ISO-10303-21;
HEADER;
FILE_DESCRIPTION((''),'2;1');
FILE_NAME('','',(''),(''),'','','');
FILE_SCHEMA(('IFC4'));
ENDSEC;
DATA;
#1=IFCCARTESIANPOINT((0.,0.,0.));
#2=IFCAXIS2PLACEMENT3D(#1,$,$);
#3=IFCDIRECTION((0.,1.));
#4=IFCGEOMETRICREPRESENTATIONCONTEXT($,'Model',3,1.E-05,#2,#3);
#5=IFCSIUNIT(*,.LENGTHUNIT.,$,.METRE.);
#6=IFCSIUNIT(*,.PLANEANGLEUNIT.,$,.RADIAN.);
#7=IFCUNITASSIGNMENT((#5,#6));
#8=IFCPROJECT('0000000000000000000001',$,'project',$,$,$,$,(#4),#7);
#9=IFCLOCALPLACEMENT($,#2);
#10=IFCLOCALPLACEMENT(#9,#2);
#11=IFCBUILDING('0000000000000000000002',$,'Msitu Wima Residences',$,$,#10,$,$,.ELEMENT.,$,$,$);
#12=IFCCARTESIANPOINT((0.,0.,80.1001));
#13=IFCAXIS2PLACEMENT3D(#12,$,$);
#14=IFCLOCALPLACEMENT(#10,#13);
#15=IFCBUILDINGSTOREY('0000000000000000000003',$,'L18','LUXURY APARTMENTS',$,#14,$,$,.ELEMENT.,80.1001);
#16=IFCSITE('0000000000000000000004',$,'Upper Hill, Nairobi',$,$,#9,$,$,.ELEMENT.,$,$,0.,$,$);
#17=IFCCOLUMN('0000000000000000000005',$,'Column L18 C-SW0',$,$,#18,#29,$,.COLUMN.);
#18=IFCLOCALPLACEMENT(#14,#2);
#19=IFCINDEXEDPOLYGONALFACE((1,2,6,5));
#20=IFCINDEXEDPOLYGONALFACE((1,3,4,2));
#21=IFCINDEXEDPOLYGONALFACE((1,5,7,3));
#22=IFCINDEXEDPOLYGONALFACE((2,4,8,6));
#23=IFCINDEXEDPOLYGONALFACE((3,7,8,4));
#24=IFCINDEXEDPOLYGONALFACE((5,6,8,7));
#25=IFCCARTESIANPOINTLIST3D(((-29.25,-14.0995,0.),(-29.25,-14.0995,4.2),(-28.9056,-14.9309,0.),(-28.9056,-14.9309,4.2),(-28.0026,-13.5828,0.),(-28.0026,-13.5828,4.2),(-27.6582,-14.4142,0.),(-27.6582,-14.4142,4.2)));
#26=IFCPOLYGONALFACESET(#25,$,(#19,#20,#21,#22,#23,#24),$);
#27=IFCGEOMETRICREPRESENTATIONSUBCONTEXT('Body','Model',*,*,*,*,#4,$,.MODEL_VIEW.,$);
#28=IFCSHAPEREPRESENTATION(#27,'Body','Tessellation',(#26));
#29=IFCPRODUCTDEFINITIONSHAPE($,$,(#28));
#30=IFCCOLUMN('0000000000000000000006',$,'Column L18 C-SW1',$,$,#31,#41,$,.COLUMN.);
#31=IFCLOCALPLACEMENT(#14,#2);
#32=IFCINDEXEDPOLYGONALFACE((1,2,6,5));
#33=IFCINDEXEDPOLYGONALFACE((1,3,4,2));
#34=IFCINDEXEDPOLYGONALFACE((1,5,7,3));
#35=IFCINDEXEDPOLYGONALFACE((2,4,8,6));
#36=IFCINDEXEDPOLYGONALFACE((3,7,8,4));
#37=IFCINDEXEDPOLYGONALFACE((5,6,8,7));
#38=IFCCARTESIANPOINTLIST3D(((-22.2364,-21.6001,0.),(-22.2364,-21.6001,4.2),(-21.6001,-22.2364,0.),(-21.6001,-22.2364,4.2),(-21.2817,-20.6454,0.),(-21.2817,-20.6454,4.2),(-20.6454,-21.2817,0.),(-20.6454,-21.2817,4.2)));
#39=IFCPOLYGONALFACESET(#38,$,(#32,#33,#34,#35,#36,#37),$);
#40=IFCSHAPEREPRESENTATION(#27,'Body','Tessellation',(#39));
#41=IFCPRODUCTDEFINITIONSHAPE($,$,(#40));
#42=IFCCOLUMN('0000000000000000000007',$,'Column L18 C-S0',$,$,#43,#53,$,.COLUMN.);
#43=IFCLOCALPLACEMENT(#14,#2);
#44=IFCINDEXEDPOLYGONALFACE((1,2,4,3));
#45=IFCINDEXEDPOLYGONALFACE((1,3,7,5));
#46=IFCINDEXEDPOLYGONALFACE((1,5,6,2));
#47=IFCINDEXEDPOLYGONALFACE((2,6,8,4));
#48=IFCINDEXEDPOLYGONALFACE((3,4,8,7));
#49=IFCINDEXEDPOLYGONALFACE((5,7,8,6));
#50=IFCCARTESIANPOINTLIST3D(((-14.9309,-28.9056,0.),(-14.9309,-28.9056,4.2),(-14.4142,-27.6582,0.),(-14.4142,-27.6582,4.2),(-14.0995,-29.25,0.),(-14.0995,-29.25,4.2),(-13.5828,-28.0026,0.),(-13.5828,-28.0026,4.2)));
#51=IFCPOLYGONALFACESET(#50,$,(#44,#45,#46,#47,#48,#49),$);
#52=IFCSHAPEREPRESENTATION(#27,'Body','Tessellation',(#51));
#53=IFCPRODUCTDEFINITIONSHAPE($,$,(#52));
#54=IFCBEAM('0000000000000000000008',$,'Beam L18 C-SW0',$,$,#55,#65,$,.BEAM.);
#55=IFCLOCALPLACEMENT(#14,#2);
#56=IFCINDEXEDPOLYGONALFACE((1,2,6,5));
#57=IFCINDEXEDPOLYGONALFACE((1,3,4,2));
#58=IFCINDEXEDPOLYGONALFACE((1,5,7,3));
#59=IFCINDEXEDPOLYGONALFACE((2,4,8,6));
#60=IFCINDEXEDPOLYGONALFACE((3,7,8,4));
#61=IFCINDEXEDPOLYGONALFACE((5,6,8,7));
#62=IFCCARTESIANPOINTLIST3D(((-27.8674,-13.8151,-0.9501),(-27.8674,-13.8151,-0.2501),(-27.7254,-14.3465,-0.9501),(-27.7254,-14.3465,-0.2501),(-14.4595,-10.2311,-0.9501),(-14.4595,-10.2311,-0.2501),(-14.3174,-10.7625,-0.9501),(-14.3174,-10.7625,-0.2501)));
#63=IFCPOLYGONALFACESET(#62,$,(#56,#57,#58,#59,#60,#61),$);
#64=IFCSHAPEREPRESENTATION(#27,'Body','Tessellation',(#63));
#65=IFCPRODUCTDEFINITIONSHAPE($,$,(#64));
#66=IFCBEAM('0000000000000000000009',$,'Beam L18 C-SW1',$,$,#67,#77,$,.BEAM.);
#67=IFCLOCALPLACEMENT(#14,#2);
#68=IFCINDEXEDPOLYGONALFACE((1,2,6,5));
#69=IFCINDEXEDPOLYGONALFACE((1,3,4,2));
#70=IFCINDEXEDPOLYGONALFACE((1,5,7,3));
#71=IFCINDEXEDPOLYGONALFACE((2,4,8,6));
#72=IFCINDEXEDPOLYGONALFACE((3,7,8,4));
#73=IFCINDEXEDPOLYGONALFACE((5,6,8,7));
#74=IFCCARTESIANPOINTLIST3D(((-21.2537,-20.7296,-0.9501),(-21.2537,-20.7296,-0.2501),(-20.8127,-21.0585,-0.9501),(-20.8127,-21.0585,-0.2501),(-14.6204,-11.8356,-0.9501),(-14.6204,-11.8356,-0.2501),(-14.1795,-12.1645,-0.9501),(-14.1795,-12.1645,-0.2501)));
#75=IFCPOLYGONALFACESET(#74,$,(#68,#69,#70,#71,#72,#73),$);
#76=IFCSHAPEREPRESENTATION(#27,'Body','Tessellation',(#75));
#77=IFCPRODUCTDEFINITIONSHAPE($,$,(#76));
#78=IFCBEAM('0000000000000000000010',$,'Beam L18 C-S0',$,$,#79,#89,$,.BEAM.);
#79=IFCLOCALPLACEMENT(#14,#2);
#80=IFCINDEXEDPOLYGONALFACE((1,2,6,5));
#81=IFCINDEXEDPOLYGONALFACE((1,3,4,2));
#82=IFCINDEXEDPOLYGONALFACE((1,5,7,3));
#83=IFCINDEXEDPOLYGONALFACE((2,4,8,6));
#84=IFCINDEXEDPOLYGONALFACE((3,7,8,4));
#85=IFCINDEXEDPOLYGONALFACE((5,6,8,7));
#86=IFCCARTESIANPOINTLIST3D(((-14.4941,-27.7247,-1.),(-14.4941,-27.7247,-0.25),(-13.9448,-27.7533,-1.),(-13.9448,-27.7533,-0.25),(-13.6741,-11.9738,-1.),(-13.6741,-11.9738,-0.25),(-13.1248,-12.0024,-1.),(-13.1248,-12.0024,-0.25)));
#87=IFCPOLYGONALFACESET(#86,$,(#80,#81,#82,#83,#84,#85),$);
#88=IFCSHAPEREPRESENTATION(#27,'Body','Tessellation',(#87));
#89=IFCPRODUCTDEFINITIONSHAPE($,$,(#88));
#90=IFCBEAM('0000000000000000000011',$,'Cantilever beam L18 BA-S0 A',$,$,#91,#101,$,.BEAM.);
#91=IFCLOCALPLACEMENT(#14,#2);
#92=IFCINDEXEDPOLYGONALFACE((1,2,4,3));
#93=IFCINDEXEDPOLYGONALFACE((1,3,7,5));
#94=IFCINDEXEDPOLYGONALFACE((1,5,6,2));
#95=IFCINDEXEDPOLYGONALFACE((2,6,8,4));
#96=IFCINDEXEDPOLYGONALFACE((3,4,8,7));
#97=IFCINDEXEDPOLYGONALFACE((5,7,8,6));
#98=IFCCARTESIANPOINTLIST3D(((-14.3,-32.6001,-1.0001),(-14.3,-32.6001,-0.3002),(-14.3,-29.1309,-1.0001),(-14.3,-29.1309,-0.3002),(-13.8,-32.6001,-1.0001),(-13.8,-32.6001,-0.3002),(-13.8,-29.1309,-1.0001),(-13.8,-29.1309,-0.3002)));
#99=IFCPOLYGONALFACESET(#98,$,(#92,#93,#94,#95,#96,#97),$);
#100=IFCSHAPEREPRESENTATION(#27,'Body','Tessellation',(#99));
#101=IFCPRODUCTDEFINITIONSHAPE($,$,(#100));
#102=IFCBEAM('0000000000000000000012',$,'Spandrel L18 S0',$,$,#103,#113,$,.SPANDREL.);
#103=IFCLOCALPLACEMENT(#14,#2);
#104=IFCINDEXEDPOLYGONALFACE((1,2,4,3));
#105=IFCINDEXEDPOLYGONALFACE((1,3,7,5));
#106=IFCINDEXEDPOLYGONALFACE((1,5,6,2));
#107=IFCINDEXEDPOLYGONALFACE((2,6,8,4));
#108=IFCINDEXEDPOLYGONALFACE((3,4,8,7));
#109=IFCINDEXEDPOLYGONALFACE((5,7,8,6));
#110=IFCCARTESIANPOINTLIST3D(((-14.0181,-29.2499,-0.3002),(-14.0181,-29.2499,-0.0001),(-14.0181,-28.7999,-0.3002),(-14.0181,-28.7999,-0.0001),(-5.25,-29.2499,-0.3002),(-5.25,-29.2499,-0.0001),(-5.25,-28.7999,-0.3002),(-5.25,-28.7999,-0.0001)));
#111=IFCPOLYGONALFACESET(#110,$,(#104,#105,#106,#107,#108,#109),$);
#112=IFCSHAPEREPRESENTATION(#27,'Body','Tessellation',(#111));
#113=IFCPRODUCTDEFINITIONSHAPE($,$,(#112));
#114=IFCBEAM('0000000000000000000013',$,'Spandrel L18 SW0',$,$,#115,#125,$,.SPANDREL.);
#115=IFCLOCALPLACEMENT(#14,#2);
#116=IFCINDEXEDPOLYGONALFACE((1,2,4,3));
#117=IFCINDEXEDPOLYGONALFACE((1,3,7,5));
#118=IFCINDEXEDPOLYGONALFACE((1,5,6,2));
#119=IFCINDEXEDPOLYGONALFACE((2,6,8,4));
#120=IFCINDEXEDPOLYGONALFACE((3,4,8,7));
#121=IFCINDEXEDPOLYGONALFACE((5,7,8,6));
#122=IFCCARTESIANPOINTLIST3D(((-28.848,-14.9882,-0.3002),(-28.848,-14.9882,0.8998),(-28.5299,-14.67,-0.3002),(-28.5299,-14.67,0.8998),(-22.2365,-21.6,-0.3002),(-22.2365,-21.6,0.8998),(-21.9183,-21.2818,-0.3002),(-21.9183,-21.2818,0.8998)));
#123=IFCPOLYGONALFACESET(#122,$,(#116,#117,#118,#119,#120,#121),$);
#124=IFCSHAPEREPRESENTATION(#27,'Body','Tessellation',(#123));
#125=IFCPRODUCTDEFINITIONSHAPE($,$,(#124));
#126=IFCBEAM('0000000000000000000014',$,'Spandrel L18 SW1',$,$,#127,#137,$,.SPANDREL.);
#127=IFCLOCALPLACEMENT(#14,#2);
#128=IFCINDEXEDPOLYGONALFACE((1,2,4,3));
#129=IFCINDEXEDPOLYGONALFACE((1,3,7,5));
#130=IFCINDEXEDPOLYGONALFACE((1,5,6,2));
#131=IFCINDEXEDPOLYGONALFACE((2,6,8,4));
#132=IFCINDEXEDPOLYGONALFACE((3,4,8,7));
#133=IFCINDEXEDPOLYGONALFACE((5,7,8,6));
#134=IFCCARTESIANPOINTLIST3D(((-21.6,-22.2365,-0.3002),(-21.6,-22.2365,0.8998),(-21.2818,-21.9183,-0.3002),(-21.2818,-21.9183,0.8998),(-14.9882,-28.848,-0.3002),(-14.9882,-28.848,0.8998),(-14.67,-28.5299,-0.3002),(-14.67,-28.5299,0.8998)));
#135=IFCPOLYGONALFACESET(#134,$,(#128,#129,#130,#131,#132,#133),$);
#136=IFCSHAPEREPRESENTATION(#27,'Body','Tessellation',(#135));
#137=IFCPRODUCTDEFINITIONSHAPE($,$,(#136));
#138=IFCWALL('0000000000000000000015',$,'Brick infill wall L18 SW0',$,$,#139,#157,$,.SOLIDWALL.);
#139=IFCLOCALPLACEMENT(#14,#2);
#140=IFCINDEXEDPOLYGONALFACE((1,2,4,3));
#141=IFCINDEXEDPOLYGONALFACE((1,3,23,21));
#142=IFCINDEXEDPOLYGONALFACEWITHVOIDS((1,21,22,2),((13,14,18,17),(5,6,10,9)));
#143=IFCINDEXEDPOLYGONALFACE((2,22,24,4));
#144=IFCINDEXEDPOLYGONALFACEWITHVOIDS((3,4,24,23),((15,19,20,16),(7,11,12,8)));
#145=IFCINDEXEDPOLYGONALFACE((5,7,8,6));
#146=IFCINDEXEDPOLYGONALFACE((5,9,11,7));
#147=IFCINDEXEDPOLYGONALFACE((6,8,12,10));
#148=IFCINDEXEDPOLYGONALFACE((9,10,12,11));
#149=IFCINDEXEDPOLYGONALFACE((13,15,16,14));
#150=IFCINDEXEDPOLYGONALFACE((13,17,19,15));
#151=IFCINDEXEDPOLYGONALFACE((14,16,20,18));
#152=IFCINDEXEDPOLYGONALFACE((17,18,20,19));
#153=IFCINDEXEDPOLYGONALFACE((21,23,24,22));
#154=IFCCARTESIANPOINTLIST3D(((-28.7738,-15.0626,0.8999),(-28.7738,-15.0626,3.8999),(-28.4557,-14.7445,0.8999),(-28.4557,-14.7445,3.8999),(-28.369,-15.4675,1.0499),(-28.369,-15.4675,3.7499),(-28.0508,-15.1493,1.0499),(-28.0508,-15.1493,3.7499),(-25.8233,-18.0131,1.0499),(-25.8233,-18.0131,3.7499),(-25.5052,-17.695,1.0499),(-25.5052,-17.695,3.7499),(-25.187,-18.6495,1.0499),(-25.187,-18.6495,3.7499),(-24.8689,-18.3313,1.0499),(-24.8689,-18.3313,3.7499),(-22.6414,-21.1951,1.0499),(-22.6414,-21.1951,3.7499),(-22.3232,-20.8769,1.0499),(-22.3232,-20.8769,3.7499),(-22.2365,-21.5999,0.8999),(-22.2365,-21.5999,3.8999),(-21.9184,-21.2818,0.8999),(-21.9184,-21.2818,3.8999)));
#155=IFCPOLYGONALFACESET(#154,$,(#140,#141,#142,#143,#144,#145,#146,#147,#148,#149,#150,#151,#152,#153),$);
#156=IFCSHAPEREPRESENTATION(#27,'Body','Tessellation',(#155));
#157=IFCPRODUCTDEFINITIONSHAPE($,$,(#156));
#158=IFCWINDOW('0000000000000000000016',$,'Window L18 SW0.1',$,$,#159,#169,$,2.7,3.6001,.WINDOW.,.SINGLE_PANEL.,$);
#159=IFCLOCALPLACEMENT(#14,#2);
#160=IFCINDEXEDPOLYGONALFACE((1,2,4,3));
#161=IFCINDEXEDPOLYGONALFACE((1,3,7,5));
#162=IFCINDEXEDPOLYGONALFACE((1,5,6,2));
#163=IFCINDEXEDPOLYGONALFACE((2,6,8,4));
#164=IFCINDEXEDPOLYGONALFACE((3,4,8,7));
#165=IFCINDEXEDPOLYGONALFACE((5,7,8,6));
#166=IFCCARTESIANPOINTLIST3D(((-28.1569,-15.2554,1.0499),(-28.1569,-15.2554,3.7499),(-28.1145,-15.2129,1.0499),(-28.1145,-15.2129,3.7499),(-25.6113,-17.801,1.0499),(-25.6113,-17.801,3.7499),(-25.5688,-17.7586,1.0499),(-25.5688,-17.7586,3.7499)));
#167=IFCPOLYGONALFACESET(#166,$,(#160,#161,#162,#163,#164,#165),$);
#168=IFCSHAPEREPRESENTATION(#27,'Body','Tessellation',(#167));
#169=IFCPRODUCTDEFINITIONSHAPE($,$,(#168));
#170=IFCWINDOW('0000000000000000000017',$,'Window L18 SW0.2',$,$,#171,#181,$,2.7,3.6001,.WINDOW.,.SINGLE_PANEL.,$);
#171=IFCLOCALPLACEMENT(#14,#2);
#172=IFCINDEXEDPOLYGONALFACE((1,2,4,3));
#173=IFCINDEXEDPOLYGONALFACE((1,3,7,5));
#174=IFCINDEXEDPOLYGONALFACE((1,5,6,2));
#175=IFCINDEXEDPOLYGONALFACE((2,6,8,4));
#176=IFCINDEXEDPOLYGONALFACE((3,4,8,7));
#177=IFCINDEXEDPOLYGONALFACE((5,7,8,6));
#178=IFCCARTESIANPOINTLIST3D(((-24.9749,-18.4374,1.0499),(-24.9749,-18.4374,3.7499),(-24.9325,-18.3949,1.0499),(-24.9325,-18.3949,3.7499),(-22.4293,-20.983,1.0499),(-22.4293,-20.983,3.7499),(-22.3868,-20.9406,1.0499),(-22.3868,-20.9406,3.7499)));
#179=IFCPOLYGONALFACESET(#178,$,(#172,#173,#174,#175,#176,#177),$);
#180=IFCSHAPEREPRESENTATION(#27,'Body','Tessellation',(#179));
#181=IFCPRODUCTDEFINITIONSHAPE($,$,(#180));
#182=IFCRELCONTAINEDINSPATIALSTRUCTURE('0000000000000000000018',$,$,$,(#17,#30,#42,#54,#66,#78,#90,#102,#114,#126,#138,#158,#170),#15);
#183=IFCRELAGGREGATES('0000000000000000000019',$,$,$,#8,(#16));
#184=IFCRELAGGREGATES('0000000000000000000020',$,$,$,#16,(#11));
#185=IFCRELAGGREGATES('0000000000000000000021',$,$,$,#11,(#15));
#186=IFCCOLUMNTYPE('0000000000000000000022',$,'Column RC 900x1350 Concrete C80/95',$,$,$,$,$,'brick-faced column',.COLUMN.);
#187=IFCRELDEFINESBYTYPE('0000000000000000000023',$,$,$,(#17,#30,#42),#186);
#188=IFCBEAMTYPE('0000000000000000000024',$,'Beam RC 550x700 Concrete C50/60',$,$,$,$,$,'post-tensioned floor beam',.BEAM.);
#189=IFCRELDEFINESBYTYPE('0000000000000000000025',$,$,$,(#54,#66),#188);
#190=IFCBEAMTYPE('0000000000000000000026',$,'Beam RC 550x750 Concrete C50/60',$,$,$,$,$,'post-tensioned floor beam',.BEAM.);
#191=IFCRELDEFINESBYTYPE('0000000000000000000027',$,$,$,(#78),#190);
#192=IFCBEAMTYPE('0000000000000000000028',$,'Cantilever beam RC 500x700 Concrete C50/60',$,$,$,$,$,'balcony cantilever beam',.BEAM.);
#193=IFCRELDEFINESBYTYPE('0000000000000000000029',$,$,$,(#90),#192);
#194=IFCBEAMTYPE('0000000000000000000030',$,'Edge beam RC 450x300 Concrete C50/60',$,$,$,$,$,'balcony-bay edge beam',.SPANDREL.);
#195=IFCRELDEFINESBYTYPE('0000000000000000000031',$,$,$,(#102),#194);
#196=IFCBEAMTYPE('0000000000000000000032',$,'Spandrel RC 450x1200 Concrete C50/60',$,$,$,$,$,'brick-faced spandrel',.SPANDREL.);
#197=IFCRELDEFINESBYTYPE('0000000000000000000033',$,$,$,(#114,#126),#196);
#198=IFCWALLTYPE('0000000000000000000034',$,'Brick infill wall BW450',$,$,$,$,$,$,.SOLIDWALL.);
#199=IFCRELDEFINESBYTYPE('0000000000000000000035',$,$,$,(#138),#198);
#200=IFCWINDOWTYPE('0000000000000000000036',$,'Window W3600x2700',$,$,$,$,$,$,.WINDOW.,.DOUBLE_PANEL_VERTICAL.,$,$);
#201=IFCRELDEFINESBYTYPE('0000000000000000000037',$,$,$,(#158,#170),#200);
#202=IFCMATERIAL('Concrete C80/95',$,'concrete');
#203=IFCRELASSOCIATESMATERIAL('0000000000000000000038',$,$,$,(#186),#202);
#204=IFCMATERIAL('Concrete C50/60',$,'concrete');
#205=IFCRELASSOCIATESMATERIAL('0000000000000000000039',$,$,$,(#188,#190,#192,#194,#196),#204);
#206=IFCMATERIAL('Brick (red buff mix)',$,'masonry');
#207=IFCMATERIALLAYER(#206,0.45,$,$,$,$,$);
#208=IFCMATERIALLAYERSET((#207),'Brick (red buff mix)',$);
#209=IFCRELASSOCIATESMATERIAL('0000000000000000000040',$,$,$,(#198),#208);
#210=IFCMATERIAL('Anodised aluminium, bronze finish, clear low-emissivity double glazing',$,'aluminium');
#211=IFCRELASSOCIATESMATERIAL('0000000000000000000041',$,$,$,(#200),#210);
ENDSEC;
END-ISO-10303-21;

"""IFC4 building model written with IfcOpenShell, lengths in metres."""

from ifc_helpers import new_model, si_unit, direction, frame, frame_2d, origin, origin_2d, place, context, subcontext, project, spatial, rectangle, extrude, material, layer, layer_set, material_profile, profile_set, type_object, element, fill, save


model = new_model("IFC4")

# Units and contexts
model_context = context("Model", 3, precision=1e-05, world=origin(), true_north=direction((0.0, 1.0)))
body_context = subcontext(model_context, "Body", "Model", "MODEL_VIEW")
ifc_project = project(units=[si_unit("LENGTHUNIT", "METRE"), si_unit("PLANEANGLEUNIT", "RADIAN")], contexts=[model_context])

# Site, building, storey
site_placement = place(None, origin())
site = spatial("IfcSite", under=ifc_project, at=site_placement, Name="Upper Hill, Nairobi", CompositionType="ELEMENT", RefElevation=0.0)
building_placement = place(site_placement, origin())
building = spatial("IfcBuilding", under=site, at=building_placement, Name="Msitu Wima Residences", CompositionType="ELEMENT")
storey_placement = place(building_placement, frame((0.0, 0.0, 80.1001)))
storey = spatial("IfcBuildingStorey", under=building, at=storey_placement, Name="L18", Description="LUXURY APARTMENTS", CompositionType="ELEMENT", Elevation=80.1001)

# Columns
ifc_material_1 = material(Name="Concrete C80/95", Category="concrete")
ifc_material_profile_1 = material_profile(ifc_material_1, rectangle(XDim=0.8999, YDim=1.3501, at=origin_2d()), Name="RC 900x1350")
ifc_profile_set_1 = profile_set([ifc_material_profile_1], Name="Concrete C80/95")
column_type = type_object("IfcColumnType", Name="Column RC 900x1350 Concrete C80/95", ElementType="brick-faced column", PredefinedType="COLUMN", material=ifc_profile_set_1)
for number, where, z_axis, x_axis, name in (
    (1, (-28.4541, -14.2568, 0.0), (0.0, 0.0, 1.0), (0.382683, -0.92388, 0.0), "Column L18 C-SW0"),
    (2, (-21.4409, -21.4409, 0.0), (0.0, 0.0, 1.0), (0.707107, -0.707107, 0.0), "Column L18 C-SW1"),
    (3, (-14.2568, -28.4541, 0.0), (0.0, 0.0, 1.0), (0.92388, -0.382683, 0.0), "Column L18 C-S0"),
):
    element("IfcColumn", number, at=place(storey_placement, frame(where, z_axis=z_axis, x_axis=x_axis)), inside=storey, type_object=column_type, Name=name, PredefinedType="COLUMN", context=body_context, shape_type="SweptSolid", body=[
        extrude(rectangle(XDim=0.8999, YDim=1.3501, at=origin_2d()), origin(), (0.0, 0.0, 1.0), 4.2),
    ])

# Beams
ifc_material_2 = material(Name="Concrete C50/60", Category="concrete")
ifc_material_profile_2 = material_profile(ifc_material_2, rectangle(XDim=0.55, YDim=0.7, at=origin_2d()), Name="RC 550x700")
ifc_profile_set_2 = profile_set([ifc_material_profile_2], Name="Concrete C50/60")
beam_type_1 = type_object("IfcBeamType", Name="Beam RC 550x700 Concrete C50/60", ElementType="post-tensioned floor beam", PredefinedType="BEAM", material=ifc_profile_set_2)
beam_1_placement = place(storey_placement, frame((-27.7964, -14.0808, -0.6001), z_axis=(0.966082, 0.258236, 0.0), x_axis=(-0.258236, 0.966082, 0.0)))
element("IfcBeam", 4, at=beam_1_placement, inside=storey, type_object=beam_type_1, Name="Beam L18 C-SW0", PredefinedType="BEAM", context=body_context, shape_type="SweptSolid", body=[
    extrude(rectangle(XDim=0.55, YDim=0.7, at=origin_2d()), origin(), (0.0, 0.0, 1.0), 13.8787),
])
beam_2_placement = place(storey_placement, frame((-21.0332, -20.894, -0.6001), z_axis=(0.59785, 0.801608, 0.0), x_axis=(-0.801608, 0.59785, 0.0)))
element("IfcBeam", 5, at=beam_2_placement, inside=storey, type_object=beam_type_1, Name="Beam L18 C-SW1", PredefinedType="BEAM", context=body_context, shape_type="SweptSolid", body=[
    extrude(rectangle(XDim=0.55, YDim=0.7, at=origin_2d()), origin(), (0.0, 0.0, 1.0), 11.0952),
])
ifc_material_profile_3 = material_profile(ifc_material_2, rectangle(XDim=0.55, YDim=0.75, at=origin_2d()), Name="RC 550x750")
ifc_profile_set_3 = profile_set([ifc_material_profile_3], Name="Concrete C50/60")
beam_type_2 = type_object("IfcBeamType", Name="Beam RC 550x750 Concrete C50/60", ElementType="post-tensioned floor beam", PredefinedType="BEAM", material=ifc_profile_set_3)
beam_3_placement = place(storey_placement, frame((-14.2195, -27.739, -0.625), z_axis=(0.051994, 0.998647, 0.0), x_axis=(-0.998647, 0.051994, 0.0)))
element("IfcBeam", 6, at=beam_3_placement, inside=storey, type_object=beam_type_2, Name="Beam L18 C-S0", PredefinedType="BEAM", context=body_context, shape_type="SweptSolid", body=[
    extrude(rectangle(XDim=0.55, YDim=0.75, at=origin_2d()), origin(), (0.0, 0.0, 1.0), 15.7722),
])
ifc_material_profile_4 = material_profile(ifc_material_2, rectangle(XDim=0.5, YDim=0.7, at=origin_2d()), Name="RC 500x700")
ifc_profile_set_4 = profile_set([ifc_material_profile_4], Name="Concrete C50/60")
beam_type_3 = type_object("IfcBeamType", Name="Cantilever beam RC 500x700 Concrete C50/60", ElementType="balcony cantilever beam", PredefinedType="BEAM", material=ifc_profile_set_4)
beam_4_placement = place(storey_placement, frame((-14.05, -29.1309, -0.6501), z_axis=(0.0, -1.0, 0.0), x_axis=(1.0, 0.0, 0.0)))
element("IfcBeam", 7, at=beam_4_placement, inside=storey, type_object=beam_type_3, Name="Cantilever beam L18 BA-S0 A", PredefinedType="BEAM", context=body_context, shape_type="SweptSolid", body=[
    extrude(rectangle(XDim=0.5, YDim=0.7, at=origin_2d()), origin(), (0.0, 0.0, 1.0), 3.4692),
])
ifc_material_profile_5 = material_profile(ifc_material_2, rectangle(XDim=0.45, YDim=0.3, at=origin_2d()), Name="RC 450x300")
ifc_profile_set_5 = profile_set([ifc_material_profile_5], Name="Concrete C50/60")
beam_type_4 = type_object("IfcBeamType", Name="Edge beam RC 450x300 Concrete C50/60", ElementType="balcony-bay edge beam", PredefinedType="SPANDREL", material=ifc_profile_set_5)
beam_5_placement = place(storey_placement, frame((-14.0181, -29.0249, -0.1501), z_axis=(1.0, 0.0, 0.0), x_axis=(0.0, 1.0, 0.0)))
element("IfcBeam", 8, at=beam_5_placement, inside=storey, type_object=beam_type_4, Name="Spandrel L18 S0", PredefinedType="SPANDREL", context=body_context, shape_type="SweptSolid", body=[
    extrude(rectangle(XDim=0.45, YDim=0.3, at=origin_2d()), origin(), (0.0, 0.0, 1.0), 8.7681),
])
ifc_material_profile_6 = material_profile(ifc_material_2, rectangle(XDim=0.45, YDim=1.2, at=origin_2d()), Name="RC 450x1200")
ifc_profile_set_6 = profile_set([ifc_material_profile_6], Name="Concrete C50/60")
beam_type_5 = type_object("IfcBeamType", Name="Spandrel RC 450x1200 Concrete C50/60", ElementType="brick-faced spandrel", PredefinedType="SPANDREL", material=ifc_profile_set_6)
for number, where, z_axis, x_axis, name in (
    (9, (-28.689, -14.8291, 0.2998), (0.707094, -0.70712, 0.0), (0.70712, 0.707094, 0.0), "Spandrel L18 SW0"),
    (10, (-21.4409, -22.0774, 0.2998), (0.70712, -0.707094, 0.0), (0.707094, 0.70712, 0.0), "Spandrel L18 SW1"),
):
    element("IfcBeam", number, at=place(storey_placement, frame(where, z_axis=z_axis, x_axis=x_axis)), inside=storey, type_object=beam_type_5, Name=name, PredefinedType="SPANDREL", context=body_context, shape_type="SweptSolid", body=[
        extrude(rectangle(XDim=0.45, YDim=1.2, at=origin_2d()), origin(), (0.0, 0.0, 1.0), 9.3503),
    ])

# Wall, openings, windows
ifc_material_3 = material(Name="Brick (red buff mix)", Category="masonry")
ifc_layer_1 = layer(ifc_material_3, 0.45)
ifc_layer_set_1 = layer_set([ifc_layer_1], Name="Brick (red buff mix)")
wall_type_1 = type_object("IfcWallType", Name="Brick infill wall BW450", PredefinedType="SOLIDWALL", material=ifc_layer_set_1)
wall_1_placement = place(storey_placement, frame((-28.6147, -14.9036, 0.8999), z_axis=(0.0, 0.0, 1.0), x_axis=(0.707107, -0.707107, 0.0)))
wall_1 = element("IfcWall", 11, at=wall_1_placement, inside=storey, type_object=wall_type_1, Name="Brick infill wall L18 SW0", PredefinedType="SOLIDWALL", context=body_context, shape_type="SweptSolid", body=[
    extrude(rectangle(XDim=9.2451, YDim=0.45, at=frame_2d((4.6226, 0.0))), origin(), (0.0, 0.0, 1.0), 3.0),
])
opening_1_placement = place(wall_1_placement, frame((0.5725, 0.0, 0.1499)))
opening_1 = element("IfcOpeningElement", 12, at=opening_1_placement, cuts=wall_1, PredefinedType="OPENING", context=body_context, shape_type="SweptSolid", body=[
    extrude(rectangle(XDim=3.6001, YDim=2.7, at=frame_2d((1.8, 1.3501))), frame((0.0, 0.2349, 0.0), z_axis=(0.0, -1.0, 0.0), x_axis=(1.0, 0.0, 0.0)), (0.0, 0.0, 1.0), 0.47),
])
opening_2_placement = place(wall_1_placement, frame((5.0725, 0.0, 0.1499)))
opening_2 = element("IfcOpeningElement", 13, at=opening_2_placement, cuts=wall_1, PredefinedType="OPENING", context=body_context, shape_type="SweptSolid", body=[
    extrude(rectangle(XDim=3.6001, YDim=2.7, at=frame_2d((1.8, 1.3501))), frame((0.0, 0.2349, 0.0), z_axis=(0.0, -1.0, 0.0), x_axis=(1.0, 0.0, 0.0)), (0.0, 0.0, 1.0), 0.47),
])
ifc_material_4 = material(Name="Anodised aluminium, bronze finish, clear low-emissivity double glazing", Category="aluminium")
window_type = type_object("IfcWindowType", Name="Window W3600x2700", PartitioningType="DOUBLE_PANEL_VERTICAL", PredefinedType="WINDOW", material=ifc_material_4)
window_1_placement = place(opening_1_placement, origin())
window_1 = element("IfcWindow", 14, at=window_1_placement, inside=storey, type_object=window_type, Name="Window L18 SW0.1", OverallHeight=2.7, OverallWidth=3.6001, PartitioningType="SINGLE_PANEL", PredefinedType="WINDOW", context=body_context, shape_type="SweptSolid", body=[
    extrude(rectangle(XDim=3.6001, YDim=2.7, at=frame_2d((1.8, 1.3501))), frame((0.0, 0.135, 0.0), z_axis=(0.0, -1.0, 0.0), x_axis=(1.0, 0.0, 0.0)), (0.0, 0.0, 1.0), 0.0601),
])
fill(opening_1, window_1)
window_2_placement = place(opening_2_placement, origin())
window_2 = element("IfcWindow", 15, at=window_2_placement, inside=storey, type_object=window_type, Name="Window L18 SW0.2", OverallHeight=2.7, OverallWidth=3.6001, PartitioningType="SINGLE_PANEL", PredefinedType="WINDOW", context=body_context, shape_type="SweptSolid", body=[
    extrude(rectangle(XDim=3.6001, YDim=2.7, at=frame_2d((1.8, 1.3501))), frame((0.0, 0.135, 0.0), z_axis=(0.0, -1.0, 0.0), x_axis=(1.0, 0.0, 0.0)), (0.0, 0.0, 1.0), 0.0601),
])
fill(opening_2, window_2)

save(model, "model.ifc")
